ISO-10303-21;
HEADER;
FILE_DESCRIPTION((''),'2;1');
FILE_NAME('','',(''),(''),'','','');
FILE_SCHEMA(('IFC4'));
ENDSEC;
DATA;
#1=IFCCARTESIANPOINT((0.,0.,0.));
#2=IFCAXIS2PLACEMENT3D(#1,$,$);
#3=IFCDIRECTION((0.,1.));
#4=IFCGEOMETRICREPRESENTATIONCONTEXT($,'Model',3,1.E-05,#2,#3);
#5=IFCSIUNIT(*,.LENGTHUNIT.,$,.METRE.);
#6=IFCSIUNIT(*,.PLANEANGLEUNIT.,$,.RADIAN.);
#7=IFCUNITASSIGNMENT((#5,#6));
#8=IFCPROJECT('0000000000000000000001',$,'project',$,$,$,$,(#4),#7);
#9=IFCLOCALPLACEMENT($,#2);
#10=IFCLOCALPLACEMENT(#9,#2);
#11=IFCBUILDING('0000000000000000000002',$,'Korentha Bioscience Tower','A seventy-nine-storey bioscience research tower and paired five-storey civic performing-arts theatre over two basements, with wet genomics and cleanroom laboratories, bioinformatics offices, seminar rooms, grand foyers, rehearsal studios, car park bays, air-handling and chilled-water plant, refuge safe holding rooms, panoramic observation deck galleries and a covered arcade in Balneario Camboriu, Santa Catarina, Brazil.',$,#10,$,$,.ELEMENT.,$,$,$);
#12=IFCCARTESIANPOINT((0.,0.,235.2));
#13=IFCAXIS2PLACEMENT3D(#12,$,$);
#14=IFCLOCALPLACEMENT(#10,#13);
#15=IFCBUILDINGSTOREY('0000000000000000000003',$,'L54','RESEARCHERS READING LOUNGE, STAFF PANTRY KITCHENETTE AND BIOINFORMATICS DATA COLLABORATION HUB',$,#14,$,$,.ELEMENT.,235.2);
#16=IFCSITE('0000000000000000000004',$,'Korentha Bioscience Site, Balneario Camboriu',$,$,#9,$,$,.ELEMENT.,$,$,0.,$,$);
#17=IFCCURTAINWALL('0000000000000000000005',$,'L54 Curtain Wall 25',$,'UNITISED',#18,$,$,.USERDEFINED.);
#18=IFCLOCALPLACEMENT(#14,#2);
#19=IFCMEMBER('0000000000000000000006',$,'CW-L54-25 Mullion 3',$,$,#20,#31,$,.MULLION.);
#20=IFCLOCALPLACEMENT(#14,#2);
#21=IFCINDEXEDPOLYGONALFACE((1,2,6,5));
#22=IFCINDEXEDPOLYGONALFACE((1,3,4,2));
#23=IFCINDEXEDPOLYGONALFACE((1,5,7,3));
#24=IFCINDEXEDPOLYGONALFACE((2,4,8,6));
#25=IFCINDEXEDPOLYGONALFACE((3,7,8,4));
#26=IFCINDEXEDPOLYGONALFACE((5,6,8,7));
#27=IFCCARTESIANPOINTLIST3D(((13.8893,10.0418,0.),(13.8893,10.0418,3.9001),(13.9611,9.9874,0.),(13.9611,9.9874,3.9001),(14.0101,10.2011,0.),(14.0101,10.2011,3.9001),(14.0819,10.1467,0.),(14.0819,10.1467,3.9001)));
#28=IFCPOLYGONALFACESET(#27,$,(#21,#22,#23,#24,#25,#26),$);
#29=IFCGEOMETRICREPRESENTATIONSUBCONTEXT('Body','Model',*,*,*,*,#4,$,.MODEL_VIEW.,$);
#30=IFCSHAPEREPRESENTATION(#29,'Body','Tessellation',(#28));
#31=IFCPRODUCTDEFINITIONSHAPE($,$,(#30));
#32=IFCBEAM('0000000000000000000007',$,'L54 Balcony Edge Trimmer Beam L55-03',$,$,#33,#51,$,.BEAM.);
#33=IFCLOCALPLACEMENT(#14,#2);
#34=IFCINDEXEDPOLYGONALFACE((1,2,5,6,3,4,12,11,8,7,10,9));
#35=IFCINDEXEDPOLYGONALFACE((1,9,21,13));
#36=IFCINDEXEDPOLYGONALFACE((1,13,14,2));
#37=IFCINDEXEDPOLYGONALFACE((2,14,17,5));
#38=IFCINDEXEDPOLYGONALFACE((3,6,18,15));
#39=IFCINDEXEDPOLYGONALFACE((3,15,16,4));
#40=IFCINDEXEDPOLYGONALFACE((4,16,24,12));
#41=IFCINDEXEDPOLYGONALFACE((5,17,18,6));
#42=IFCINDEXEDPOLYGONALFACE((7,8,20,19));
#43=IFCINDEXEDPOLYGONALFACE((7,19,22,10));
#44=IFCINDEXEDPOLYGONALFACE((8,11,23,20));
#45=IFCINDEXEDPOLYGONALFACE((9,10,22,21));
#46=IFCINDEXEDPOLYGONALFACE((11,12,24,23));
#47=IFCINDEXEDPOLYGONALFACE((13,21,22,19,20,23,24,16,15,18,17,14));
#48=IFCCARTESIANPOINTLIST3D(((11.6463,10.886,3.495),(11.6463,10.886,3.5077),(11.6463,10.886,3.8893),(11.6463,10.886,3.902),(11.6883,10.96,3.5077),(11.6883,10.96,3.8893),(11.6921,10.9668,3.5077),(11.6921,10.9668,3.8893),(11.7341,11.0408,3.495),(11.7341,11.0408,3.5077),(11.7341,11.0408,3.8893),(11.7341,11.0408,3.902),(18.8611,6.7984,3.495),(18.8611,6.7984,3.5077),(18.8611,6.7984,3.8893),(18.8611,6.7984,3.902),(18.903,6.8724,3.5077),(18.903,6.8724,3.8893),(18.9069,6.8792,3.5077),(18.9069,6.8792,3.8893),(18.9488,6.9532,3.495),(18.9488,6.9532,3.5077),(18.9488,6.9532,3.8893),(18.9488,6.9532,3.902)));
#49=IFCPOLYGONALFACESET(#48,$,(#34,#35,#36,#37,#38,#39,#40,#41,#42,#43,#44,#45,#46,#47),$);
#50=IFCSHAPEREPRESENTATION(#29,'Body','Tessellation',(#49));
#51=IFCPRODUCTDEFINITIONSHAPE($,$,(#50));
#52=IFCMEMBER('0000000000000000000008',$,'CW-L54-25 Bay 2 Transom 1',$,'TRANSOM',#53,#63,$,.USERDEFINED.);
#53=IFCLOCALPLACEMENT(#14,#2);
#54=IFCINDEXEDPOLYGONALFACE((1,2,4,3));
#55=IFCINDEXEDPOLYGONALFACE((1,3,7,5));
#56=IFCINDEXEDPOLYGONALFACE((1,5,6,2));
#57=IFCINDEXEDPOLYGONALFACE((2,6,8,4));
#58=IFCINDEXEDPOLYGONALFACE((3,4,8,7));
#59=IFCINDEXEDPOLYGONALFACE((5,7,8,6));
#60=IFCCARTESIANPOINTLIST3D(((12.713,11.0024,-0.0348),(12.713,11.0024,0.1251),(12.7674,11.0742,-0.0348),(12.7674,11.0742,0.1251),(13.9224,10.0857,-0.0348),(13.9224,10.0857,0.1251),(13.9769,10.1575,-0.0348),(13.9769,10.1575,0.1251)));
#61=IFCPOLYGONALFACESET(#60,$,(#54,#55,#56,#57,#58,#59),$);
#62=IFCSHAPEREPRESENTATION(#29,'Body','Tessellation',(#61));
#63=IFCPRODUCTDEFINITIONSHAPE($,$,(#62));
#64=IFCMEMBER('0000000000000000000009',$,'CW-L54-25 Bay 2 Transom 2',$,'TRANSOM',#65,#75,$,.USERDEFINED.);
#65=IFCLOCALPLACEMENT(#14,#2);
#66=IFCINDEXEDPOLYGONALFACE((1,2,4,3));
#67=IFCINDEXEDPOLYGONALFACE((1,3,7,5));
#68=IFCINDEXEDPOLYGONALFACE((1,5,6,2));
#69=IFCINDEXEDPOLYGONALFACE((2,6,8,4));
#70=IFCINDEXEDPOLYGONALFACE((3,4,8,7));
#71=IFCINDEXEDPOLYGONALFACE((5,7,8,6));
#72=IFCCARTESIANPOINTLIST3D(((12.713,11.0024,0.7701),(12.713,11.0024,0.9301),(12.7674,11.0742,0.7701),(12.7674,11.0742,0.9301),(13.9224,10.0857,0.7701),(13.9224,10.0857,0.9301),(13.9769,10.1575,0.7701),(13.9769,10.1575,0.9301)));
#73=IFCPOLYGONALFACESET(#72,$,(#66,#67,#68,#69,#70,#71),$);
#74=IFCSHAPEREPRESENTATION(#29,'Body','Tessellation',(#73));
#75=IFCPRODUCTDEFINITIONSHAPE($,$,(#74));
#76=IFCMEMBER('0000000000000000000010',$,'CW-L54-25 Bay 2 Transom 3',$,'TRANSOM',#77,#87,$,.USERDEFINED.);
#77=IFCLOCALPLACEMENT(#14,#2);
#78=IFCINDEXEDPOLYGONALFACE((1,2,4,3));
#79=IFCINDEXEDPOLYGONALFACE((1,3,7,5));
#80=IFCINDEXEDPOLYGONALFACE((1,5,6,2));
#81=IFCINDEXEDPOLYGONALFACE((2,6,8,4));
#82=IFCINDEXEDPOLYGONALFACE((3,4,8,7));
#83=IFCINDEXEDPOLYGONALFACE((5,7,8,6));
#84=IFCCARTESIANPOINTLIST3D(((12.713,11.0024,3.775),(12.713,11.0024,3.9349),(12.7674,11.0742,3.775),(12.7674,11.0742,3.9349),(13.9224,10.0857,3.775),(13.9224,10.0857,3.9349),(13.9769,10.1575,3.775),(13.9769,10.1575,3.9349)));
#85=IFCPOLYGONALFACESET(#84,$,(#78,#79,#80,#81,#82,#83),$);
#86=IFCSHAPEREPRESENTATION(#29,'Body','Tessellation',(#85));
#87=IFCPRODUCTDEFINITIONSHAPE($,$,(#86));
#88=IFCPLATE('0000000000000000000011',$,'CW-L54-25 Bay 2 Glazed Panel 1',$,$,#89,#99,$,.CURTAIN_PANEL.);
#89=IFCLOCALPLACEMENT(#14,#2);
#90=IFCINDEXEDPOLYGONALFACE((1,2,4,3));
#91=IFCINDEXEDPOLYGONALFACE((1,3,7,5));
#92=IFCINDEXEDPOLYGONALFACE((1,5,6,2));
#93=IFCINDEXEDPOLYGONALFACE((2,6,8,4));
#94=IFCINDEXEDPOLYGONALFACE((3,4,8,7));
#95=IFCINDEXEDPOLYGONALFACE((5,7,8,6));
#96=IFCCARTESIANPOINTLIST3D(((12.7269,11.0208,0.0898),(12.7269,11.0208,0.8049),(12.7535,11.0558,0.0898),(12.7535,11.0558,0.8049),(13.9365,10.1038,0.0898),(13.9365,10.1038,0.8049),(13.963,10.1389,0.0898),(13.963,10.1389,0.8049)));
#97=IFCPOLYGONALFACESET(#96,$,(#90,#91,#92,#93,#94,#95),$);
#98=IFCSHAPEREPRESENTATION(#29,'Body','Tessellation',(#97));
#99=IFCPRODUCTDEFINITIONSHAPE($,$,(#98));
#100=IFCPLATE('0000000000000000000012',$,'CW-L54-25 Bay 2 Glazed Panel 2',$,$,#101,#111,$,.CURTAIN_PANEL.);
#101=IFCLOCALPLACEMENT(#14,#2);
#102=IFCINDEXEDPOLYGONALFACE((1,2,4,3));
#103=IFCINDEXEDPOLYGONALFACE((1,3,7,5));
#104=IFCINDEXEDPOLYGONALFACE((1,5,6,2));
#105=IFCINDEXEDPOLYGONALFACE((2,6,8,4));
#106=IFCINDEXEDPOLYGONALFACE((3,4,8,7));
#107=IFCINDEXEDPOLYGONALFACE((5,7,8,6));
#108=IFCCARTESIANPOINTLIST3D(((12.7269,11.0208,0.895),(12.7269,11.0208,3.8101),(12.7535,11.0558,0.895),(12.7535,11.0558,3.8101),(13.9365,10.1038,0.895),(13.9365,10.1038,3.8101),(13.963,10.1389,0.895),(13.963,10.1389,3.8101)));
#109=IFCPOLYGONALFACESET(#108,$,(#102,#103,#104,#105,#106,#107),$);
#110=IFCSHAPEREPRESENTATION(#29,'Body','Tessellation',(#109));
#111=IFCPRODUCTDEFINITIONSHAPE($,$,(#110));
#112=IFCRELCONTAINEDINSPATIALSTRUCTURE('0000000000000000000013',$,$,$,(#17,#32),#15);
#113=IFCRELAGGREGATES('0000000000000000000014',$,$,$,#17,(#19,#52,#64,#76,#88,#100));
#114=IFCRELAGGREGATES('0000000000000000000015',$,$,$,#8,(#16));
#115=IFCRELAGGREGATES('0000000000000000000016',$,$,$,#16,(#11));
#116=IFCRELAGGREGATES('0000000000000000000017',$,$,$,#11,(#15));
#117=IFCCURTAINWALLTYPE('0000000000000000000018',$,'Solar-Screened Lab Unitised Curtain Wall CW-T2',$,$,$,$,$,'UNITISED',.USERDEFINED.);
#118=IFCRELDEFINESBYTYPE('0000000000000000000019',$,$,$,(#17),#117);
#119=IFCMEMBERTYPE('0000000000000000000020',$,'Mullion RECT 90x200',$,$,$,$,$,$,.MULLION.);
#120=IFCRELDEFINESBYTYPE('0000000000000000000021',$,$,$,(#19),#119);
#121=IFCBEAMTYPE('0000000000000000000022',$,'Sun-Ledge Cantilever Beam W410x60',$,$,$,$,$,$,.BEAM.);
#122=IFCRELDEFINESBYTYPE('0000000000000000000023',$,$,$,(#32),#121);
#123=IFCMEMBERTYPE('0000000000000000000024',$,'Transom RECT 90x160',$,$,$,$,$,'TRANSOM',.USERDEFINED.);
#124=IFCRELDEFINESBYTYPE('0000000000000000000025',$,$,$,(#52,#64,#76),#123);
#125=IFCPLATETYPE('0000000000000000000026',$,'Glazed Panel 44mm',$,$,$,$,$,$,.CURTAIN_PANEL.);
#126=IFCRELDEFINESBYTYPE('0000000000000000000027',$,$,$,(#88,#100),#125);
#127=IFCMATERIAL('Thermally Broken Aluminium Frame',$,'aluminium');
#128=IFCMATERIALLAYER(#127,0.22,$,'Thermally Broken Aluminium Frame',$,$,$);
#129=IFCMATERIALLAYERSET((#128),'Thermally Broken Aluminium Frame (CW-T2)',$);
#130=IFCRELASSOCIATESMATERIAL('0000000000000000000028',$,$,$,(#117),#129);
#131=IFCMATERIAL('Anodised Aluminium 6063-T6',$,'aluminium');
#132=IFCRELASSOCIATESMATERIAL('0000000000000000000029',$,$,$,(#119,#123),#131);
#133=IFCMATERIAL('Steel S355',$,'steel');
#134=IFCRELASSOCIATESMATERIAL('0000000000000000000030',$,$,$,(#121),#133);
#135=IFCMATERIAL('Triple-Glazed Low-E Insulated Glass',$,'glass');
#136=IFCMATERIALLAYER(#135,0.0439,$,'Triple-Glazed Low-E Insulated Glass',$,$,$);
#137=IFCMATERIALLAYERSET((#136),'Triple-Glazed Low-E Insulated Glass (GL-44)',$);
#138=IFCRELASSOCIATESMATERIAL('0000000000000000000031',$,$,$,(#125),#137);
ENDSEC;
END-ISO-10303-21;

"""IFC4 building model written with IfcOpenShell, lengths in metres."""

from ifc_helpers import new_model, si_unit, direction, frame, origin, origin_2d, place, context, subcontext, project, spatial, rectangle, i_section, extrude, material, layer, layer_set, material_profile, profile_set, type_object, element, aggregate, save


model = new_model("IFC4")

# Units and contexts
model_context = context("Model", 3, precision=1e-05, world=origin(), true_north=direction((0.0, 1.0)))
body_context = subcontext(model_context, "Body", "Model", "MODEL_VIEW")
ifc_project = project(units=[si_unit("LENGTHUNIT", "METRE"), si_unit("PLANEANGLEUNIT", "RADIAN")], contexts=[model_context])

# Site, building, storey
site_placement = place(None, origin())
site = spatial("IfcSite", under=ifc_project, at=site_placement, Name="Korentha Bioscience Site, Balneario Camboriu", CompositionType="ELEMENT", RefElevation=0.0)
building_placement = place(site_placement, origin())
building = spatial("IfcBuilding", under=site, at=building_placement, Name="Korentha Bioscience Tower", Description="A seventy-nine-storey bioscience research tower and paired five-storey civic performing-arts theatre over two basements, with wet genomics and cleanroom laboratories, bioinformatics offices, seminar rooms, grand foyers, rehearsal studios, car park bays, air-handling and chilled-water plant, refuge safe holding rooms, panoramic observation deck galleries and a covered arcade in Balneario Camboriu, Santa Catarina, Brazil.", CompositionType="ELEMENT")
storey_placement = place(building_placement, frame((0.0, 0.0, 235.2)))
storey = spatial("IfcBuildingStorey", under=building, at=storey_placement, Name="L54", Description="RESEARCHERS READING LOUNGE, STAFF PANTRY KITCHENETTE AND BIOINFORMATICS DATA COLLABORATION HUB", CompositionType="ELEMENT", Elevation=235.2)

# Curtain wall, member
ifc_material_1 = material(Name="Thermally Broken Aluminium Frame", Category="aluminium")
ifc_layer_1 = layer(ifc_material_1, 0.22, Name="Thermally Broken Aluminium Frame")
ifc_layer_set_1 = layer_set([ifc_layer_1], Name="Thermally Broken Aluminium Frame (CW-T2)")
curtain_wall_type = type_object("IfcCurtainWallType", Name="Solar-Screened Lab Unitised Curtain Wall CW-T2", ElementType="UNITISED", PredefinedType="USERDEFINED", material=ifc_layer_set_1)
curtain_wall_placement = place(storey_placement, origin())
curtain_wall = element("IfcCurtainWall", 1, at=curtain_wall_placement, inside=storey, type_object=curtain_wall_type, Name="L54 Curtain Wall 25", ObjectType="UNITISED", PredefinedType="USERDEFINED")
ifc_material_2 = material(Name="Anodised Aluminium 6063-T6", Category="aluminium")
ifc_material_profile_1 = material_profile(ifc_material_2, rectangle(XDim=0.0901, YDim=0.2, at=origin_2d()), Name="Anodised Aluminium 6063-T6")
ifc_profile_set_1 = profile_set([ifc_material_profile_1], Name="Anodised Aluminium 6063-T6 (CW-MUL)")
member_type_1 = type_object("IfcMemberType", Name="Mullion RECT 90x200", PredefinedType="MULLION", material=ifc_profile_set_1)
member_1_placement = place(storey_placement, frame((13.9856, 10.0942, 0.0), z_axis=(0.0, 0.0, 1.0), x_axis=(0.796889, -0.604126, 0.0)))
member_1 = element("IfcMember", 2, at=member_1_placement, type_object=member_type_1, Name="CW-L54-25 Mullion 3", PredefinedType="MULLION", context=body_context, shape_type="SweptSolid", body=[
    extrude(rectangle(XDim=0.0901, YDim=0.2, at=origin_2d()), origin(), (0.0, 0.0, 1.0), 3.9001),
])

# Beam
ifc_material_3 = material(Name="Steel S355", Category="steel")
ifc_material_profile_2 = material_profile(ifc_material_3, i_section(OverallWidth=0.178, OverallDepth=0.407, WebThickness=0.0078, FlangeThickness=0.0127, at=origin_2d()), Name="Steel S355")
ifc_profile_set_2 = profile_set([ifc_material_profile_2], Name="Steel S355 (CB-410)")
beam_type = type_object("IfcBeamType", Name="Sun-Ledge Cantilever Beam W410x60", PredefinedType="BEAM", material=ifc_profile_set_2)
beam_placement = place(storey_placement, frame((11.6902, 10.9634, 3.6985), z_axis=(0.870062, -0.492943, 0.0), x_axis=(0.492943, 0.870062, 0.0)))
element("IfcBeam", 3, at=beam_placement, inside=storey, type_object=beam_type, Name="L54 Balcony Edge Trimmer Beam L55-03", PredefinedType="BEAM", context=body_context, shape_type="SweptSolid", body=[
    extrude(i_section(OverallWidth=0.178, OverallDepth=0.407, WebThickness=0.0078, FlangeThickness=0.0127, at=origin_2d()), origin(), (0.0, 0.0, 1.0), 8.2922),
])

# Members
ifc_material_profile_3 = material_profile(ifc_material_2, rectangle(XDim=0.0901, YDim=0.1599, at=origin_2d()), Name="Anodised Aluminium 6063-T6")
ifc_profile_set_3 = profile_set([ifc_material_profile_3], Name="Anodised Aluminium 6063-T6 (CW-TRN)")
member_type_2 = type_object("IfcMemberType", Name="Transom RECT 90x160", ElementType="TRANSOM", PredefinedType="USERDEFINED", material=ifc_profile_set_3)
member_2_placement = place(storey_placement, frame((12.7402, 11.0383, 0.0452), z_axis=(0.79694, -0.604059, 0.0), x_axis=(0.604059, 0.79694, 0.0)))
member_2 = element("IfcMember", 4, at=member_2_placement, type_object=member_type_2, Name="CW-L54-25 Bay 2 Transom 1", ObjectType="TRANSOM", PredefinedType="USERDEFINED", context=body_context, shape_type="SweptSolid", body=[
    extrude(rectangle(XDim=0.0901, YDim=0.1599, at=origin_2d()), origin(), (0.0, 0.0, 1.0), 1.5176),
])
member_3_placement = place(storey_placement, frame((12.7402, 11.0383, 0.8501), z_axis=(0.79694, -0.604059, 0.0), x_axis=(0.604059, 0.79694, 0.0)))
member_3 = element("IfcMember", 5, at=member_3_placement, type_object=member_type_2, Name="CW-L54-25 Bay 2 Transom 2", ObjectType="TRANSOM", PredefinedType="USERDEFINED", context=body_context, shape_type="SweptSolid", body=[
    extrude(rectangle(XDim=0.0901, YDim=0.1599, at=origin_2d()), origin(), (0.0, 0.0, 1.0), 1.5176),
])
member_4_placement = place(storey_placement, frame((12.7402, 11.0383, 3.855), z_axis=(0.79694, -0.604059, 0.0), x_axis=(0.604059, 0.79694, 0.0)))
member_4 = element("IfcMember", 6, at=member_4_placement, type_object=member_type_2, Name="CW-L54-25 Bay 2 Transom 3", ObjectType="TRANSOM", PredefinedType="USERDEFINED", context=body_context, shape_type="SweptSolid", body=[
    extrude(rectangle(XDim=0.0901, YDim=0.1599, at=origin_2d()), origin(), (0.0, 0.0, 1.0), 1.5176),
])

# Plates
ifc_material_4 = material(Name="Triple-Glazed Low-E Insulated Glass", Category="glass")
ifc_layer_2 = layer(ifc_material_4, 0.0439, Name="Triple-Glazed Low-E Insulated Glass")
ifc_layer_set_2 = layer_set([ifc_layer_2], Name="Triple-Glazed Low-E Insulated Glass (GL-44)")
plate_type = type_object("IfcPlateType", Name="Glazed Panel 44mm", PredefinedType="CURTAIN_PANEL", material=ifc_layer_set_2)
plate_1_placement = place(storey_placement, frame((13.345, 10.5798, 0.0898), z_axis=(0.0, 0.0, 1.0), x_axis=(0.796889, -0.604126, 0.0)))
plate_1 = element("IfcPlate", 7, at=plate_1_placement, type_object=plate_type, Name="CW-L54-25 Bay 2 Glazed Panel 1", PredefinedType="CURTAIN_PANEL", context=body_context, shape_type="SweptSolid", body=[
    extrude(rectangle(XDim=1.5178, YDim=0.0439, at=origin_2d()), origin(), (0.0, 0.0, 1.0), 0.7151),
])
plate_2_placement = place(storey_placement, frame((13.345, 10.5798, 0.895), z_axis=(0.0, 0.0, 1.0), x_axis=(0.796889, -0.604126, 0.0)))
plate_2 = element("IfcPlate", 8, at=plate_2_placement, type_object=plate_type, Name="CW-L54-25 Bay 2 Glazed Panel 2", PredefinedType="CURTAIN_PANEL", context=body_context, shape_type="SweptSolid", body=[
    extrude(rectangle(XDim=1.5178, YDim=0.0439, at=origin_2d()), origin(), (0.0, 0.0, 1.0), 2.915),
])
aggregate(curtain_wall, [member_1, member_2, member_3, member_4, plate_1, plate_2])

save(model, "model.ifc")
